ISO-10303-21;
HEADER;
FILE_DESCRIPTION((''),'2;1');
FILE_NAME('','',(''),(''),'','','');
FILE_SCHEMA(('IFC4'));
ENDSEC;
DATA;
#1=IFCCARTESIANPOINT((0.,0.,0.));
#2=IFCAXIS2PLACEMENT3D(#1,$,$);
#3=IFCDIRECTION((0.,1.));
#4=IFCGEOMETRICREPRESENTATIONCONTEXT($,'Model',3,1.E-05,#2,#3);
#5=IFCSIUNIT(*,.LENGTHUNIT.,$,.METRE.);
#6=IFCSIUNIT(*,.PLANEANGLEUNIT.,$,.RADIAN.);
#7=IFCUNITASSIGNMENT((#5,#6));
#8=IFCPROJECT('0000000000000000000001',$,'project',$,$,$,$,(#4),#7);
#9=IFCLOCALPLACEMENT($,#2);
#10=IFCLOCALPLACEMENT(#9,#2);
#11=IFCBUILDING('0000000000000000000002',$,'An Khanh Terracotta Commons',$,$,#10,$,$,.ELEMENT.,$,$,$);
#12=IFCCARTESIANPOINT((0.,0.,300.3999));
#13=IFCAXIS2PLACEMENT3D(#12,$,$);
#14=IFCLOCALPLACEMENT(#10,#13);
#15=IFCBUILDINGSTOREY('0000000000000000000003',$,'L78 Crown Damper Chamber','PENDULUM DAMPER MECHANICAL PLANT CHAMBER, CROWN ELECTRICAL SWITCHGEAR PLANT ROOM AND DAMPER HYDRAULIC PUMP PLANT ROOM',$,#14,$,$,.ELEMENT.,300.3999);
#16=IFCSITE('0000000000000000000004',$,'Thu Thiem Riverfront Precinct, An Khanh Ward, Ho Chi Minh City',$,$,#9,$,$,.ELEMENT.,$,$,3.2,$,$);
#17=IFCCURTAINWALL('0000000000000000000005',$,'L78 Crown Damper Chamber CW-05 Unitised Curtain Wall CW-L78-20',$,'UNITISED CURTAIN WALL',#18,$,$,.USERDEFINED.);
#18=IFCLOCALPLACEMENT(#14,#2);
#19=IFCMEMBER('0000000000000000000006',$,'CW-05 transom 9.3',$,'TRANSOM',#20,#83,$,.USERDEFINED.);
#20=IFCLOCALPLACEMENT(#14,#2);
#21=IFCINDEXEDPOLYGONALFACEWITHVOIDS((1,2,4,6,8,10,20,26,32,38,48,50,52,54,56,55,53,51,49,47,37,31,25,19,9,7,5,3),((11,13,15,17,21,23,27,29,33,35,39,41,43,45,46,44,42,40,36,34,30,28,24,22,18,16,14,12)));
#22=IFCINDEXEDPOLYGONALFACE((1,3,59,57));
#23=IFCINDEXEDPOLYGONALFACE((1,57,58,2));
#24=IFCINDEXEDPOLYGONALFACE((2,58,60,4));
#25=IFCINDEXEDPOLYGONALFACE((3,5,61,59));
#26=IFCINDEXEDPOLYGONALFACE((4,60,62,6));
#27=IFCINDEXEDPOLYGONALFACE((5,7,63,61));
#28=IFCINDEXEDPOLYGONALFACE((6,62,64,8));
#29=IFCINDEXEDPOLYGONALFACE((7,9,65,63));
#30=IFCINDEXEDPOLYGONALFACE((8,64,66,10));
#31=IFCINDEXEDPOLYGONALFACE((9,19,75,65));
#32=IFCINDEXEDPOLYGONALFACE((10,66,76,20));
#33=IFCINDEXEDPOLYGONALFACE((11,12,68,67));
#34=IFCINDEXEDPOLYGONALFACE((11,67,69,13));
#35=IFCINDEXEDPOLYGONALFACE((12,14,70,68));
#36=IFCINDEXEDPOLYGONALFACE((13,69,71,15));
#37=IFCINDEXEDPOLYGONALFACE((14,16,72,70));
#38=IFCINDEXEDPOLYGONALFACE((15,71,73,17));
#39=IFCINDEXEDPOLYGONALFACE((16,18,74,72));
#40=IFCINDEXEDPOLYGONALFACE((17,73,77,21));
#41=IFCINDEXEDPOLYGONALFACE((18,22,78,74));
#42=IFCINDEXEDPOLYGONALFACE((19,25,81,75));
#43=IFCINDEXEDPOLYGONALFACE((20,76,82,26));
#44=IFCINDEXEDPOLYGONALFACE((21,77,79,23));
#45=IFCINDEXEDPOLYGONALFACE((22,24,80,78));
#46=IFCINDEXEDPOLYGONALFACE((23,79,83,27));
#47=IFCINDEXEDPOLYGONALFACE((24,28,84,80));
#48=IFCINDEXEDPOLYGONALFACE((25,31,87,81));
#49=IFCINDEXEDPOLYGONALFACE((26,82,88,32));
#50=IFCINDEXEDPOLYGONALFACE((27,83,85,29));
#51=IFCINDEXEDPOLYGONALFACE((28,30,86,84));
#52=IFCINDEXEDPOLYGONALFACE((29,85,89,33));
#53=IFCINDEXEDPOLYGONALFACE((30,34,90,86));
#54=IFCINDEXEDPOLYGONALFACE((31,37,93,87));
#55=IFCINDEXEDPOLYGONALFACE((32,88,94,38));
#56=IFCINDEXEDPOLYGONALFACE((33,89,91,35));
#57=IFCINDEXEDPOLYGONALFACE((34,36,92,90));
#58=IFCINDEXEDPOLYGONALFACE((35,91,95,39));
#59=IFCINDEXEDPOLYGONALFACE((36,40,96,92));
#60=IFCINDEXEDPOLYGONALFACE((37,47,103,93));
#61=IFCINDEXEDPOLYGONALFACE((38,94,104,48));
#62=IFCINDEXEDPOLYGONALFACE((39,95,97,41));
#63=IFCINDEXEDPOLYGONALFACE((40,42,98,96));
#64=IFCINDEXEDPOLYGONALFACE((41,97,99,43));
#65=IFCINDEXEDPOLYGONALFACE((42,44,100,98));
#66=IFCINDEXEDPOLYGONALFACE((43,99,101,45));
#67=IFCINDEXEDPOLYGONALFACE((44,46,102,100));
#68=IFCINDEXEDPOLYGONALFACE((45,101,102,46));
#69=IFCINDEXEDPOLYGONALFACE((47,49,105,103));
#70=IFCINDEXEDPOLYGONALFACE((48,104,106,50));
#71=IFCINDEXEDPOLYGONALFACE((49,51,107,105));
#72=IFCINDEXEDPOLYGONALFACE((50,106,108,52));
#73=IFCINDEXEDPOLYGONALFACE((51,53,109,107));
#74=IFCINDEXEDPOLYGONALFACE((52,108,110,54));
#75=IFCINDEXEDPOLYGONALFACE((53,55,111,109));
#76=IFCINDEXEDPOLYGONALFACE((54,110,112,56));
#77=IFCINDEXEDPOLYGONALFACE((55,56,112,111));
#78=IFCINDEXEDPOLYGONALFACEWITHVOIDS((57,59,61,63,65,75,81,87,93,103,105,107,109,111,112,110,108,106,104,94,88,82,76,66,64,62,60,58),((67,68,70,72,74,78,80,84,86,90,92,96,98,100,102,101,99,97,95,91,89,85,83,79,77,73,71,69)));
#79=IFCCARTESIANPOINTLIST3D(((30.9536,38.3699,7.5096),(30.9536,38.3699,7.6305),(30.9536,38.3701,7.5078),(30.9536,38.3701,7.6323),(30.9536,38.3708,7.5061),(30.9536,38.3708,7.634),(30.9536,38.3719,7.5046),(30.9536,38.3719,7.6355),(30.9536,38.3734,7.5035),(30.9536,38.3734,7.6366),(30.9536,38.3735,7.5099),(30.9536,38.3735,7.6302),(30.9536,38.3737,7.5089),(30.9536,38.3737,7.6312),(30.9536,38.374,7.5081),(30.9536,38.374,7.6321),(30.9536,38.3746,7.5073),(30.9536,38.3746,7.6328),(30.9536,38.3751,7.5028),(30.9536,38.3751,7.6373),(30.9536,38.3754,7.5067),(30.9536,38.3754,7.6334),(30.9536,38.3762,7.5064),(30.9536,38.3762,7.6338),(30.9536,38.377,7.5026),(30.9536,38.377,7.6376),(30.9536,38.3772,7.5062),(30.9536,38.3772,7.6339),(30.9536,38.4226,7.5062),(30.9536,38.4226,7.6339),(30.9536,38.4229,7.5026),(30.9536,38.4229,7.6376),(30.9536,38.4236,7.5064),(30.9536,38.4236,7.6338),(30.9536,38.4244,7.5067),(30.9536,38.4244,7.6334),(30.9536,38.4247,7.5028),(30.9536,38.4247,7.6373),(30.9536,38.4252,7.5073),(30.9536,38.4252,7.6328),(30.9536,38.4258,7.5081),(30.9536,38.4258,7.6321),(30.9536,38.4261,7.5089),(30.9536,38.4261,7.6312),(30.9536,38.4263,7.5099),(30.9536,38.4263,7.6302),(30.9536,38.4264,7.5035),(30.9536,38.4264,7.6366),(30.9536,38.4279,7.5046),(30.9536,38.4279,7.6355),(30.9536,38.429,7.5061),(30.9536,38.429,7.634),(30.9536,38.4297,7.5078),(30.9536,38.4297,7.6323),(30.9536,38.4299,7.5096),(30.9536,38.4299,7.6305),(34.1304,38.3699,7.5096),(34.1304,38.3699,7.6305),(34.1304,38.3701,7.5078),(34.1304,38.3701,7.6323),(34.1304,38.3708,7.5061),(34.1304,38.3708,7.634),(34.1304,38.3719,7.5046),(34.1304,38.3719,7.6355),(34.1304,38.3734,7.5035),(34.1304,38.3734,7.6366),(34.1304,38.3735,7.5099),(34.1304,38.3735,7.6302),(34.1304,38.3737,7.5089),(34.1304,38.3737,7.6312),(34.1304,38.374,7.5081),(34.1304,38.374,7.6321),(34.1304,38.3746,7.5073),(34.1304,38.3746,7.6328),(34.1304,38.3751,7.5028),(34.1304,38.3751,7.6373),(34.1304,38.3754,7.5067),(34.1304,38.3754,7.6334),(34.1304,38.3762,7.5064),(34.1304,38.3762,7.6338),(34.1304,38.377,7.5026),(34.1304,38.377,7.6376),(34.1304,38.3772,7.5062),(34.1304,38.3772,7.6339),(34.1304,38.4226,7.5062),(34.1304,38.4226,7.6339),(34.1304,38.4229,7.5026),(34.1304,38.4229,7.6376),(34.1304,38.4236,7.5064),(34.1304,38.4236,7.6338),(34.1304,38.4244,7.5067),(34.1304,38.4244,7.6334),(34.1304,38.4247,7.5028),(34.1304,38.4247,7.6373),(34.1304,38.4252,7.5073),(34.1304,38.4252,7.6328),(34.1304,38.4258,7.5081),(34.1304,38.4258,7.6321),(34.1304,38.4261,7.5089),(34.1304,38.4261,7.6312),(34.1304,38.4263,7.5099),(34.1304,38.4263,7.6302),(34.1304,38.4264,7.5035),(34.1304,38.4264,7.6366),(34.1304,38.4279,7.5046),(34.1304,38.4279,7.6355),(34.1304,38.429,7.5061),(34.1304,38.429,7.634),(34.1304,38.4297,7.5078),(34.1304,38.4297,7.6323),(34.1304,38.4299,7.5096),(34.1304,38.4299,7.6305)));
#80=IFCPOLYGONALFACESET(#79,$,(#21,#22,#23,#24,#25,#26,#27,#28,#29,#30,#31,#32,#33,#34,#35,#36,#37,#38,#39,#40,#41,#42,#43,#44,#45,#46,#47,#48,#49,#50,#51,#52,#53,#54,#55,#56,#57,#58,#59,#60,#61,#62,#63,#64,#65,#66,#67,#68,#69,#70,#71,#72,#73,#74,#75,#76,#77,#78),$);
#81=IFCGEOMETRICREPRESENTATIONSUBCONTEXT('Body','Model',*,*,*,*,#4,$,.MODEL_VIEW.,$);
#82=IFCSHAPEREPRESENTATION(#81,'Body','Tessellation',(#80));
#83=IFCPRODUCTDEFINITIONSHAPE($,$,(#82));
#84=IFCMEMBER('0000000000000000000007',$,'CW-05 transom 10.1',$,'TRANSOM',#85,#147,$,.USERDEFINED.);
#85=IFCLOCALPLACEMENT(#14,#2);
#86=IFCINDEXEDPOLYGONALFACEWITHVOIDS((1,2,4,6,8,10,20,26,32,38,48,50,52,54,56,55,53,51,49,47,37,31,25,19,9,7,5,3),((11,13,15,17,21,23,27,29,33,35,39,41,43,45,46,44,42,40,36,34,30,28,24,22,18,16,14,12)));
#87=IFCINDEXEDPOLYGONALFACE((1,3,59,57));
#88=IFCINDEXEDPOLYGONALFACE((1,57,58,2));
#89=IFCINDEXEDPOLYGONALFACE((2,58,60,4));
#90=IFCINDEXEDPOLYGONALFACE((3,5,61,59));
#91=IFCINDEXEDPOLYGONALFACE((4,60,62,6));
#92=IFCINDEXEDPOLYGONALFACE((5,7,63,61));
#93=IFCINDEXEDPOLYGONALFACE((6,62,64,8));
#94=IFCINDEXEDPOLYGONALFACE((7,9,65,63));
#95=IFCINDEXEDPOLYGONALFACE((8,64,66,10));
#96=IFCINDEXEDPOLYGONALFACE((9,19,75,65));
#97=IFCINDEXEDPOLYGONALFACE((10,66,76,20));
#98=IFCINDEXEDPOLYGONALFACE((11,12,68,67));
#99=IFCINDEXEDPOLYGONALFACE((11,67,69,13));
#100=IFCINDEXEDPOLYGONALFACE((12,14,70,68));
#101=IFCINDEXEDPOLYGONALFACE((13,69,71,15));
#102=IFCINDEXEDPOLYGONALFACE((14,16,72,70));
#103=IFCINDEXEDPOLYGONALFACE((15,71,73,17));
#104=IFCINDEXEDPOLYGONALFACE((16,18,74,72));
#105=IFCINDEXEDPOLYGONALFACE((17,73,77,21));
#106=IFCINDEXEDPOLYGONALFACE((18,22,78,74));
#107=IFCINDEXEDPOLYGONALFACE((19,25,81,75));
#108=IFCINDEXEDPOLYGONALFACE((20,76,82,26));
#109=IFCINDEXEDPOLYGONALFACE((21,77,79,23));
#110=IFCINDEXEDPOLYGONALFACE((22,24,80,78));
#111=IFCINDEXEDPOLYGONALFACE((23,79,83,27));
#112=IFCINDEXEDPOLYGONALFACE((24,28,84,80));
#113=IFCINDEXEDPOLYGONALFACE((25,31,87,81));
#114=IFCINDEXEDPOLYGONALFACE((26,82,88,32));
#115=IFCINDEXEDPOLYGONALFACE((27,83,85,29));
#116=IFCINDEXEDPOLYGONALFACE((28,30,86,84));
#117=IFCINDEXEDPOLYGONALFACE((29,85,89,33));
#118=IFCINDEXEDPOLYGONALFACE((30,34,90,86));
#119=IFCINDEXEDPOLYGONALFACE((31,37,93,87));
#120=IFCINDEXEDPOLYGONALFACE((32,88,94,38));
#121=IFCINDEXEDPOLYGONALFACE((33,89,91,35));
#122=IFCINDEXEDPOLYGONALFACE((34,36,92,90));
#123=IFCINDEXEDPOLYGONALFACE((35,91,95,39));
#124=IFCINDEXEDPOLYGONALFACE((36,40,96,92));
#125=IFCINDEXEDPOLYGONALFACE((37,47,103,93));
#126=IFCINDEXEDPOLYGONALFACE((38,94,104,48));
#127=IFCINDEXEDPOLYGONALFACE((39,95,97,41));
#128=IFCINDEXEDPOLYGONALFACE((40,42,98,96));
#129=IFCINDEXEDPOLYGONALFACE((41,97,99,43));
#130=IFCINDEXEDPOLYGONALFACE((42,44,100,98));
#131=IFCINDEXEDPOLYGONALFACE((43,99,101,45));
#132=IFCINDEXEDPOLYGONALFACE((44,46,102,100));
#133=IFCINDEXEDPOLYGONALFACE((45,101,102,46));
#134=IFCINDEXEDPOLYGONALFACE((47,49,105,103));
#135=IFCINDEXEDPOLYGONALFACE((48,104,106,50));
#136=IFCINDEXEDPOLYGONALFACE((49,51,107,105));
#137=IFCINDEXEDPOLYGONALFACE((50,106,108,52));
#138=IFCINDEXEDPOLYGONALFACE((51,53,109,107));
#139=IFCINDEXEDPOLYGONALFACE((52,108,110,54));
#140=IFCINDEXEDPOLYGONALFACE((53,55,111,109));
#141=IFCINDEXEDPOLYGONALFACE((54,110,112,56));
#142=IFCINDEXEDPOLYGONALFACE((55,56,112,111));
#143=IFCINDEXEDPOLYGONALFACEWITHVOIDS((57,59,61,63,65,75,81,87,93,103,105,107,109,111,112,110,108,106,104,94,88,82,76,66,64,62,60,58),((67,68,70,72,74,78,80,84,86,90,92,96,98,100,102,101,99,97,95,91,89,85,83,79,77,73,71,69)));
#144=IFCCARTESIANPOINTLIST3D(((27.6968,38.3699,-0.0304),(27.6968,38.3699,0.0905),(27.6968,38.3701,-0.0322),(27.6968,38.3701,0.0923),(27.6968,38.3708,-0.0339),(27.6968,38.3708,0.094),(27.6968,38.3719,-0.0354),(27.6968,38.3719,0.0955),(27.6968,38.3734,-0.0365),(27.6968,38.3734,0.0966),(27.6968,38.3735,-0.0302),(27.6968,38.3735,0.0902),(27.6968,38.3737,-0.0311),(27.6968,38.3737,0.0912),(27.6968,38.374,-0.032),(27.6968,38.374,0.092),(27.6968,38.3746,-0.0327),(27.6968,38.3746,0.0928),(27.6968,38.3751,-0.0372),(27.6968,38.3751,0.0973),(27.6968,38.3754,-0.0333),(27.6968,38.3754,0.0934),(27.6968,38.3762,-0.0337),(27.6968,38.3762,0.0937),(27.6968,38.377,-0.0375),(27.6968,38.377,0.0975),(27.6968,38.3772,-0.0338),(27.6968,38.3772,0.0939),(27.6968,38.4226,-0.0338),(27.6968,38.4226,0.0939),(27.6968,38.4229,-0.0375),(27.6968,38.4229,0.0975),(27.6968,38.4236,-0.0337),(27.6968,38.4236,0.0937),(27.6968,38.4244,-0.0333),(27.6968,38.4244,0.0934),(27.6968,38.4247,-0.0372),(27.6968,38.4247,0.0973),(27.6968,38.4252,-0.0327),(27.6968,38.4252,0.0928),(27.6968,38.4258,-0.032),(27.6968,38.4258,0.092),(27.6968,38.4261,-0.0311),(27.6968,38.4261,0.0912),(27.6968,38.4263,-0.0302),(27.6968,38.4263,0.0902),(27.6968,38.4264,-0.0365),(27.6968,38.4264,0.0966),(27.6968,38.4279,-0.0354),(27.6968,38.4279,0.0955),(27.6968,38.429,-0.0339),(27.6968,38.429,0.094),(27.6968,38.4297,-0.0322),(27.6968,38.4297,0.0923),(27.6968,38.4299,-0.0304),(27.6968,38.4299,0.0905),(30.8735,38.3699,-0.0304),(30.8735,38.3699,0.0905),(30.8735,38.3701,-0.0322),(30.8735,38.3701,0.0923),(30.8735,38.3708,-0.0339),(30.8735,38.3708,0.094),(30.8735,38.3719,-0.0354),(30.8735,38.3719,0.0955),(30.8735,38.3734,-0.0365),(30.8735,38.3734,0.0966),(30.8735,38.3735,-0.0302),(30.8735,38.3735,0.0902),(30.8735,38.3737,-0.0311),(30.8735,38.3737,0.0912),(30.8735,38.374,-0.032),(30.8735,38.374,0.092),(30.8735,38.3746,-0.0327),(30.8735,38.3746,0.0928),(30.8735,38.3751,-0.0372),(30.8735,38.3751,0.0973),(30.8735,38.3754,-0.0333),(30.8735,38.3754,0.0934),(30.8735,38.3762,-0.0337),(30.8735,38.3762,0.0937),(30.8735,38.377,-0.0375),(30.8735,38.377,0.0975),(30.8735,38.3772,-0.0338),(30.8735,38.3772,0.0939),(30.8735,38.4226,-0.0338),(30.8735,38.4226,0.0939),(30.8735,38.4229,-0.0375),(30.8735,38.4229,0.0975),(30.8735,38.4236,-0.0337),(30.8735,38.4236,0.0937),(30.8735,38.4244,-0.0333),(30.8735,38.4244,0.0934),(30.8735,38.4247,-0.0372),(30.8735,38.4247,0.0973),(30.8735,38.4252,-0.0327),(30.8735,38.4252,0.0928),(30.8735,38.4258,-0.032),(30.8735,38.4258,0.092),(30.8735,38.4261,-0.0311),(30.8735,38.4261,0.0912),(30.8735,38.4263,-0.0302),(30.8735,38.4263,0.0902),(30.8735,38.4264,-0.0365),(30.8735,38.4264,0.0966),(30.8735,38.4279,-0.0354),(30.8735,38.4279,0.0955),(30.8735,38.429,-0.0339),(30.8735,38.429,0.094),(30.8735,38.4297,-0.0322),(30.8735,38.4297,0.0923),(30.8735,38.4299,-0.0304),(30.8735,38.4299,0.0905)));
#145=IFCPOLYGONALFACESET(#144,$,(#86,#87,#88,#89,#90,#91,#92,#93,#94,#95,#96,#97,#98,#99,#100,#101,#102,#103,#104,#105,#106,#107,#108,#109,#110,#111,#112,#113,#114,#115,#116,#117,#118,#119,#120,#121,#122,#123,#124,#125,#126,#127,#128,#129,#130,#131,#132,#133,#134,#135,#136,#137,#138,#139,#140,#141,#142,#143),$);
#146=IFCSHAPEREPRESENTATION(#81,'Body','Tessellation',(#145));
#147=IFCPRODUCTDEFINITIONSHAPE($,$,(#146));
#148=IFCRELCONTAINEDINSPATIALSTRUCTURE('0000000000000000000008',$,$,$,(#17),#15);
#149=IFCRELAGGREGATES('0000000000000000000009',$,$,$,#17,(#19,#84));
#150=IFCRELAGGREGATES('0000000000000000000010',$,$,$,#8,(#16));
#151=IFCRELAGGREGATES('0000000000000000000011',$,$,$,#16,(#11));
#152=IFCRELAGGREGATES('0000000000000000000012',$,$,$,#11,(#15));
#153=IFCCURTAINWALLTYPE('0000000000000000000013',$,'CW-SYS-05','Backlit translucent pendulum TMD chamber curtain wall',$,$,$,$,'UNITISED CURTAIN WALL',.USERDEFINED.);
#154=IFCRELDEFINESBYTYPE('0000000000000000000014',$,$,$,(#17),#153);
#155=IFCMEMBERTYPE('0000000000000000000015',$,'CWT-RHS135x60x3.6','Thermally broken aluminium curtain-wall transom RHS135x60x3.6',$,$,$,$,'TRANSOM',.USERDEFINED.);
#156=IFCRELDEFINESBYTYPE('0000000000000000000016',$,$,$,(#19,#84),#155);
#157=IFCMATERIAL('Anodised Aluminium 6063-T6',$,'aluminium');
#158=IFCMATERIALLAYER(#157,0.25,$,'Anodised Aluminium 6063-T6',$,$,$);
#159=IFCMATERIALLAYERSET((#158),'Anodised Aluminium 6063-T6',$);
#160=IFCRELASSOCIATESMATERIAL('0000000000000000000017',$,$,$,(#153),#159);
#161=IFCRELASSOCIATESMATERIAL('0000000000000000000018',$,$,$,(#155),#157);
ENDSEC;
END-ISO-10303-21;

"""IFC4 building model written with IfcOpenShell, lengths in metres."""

from ifc_helpers import new_model, si_unit, direction, frame, origin, origin_2d, place, context, subcontext, project, spatial, hollow_rectangle, extrude, material, layer, layer_set, material_profile, profile_set, type_object, element, aggregate, save


model = new_model("IFC4")

# Units and contexts
model_context = context("Model", 3, precision=1e-05, world=origin(), true_north=direction((0.0, 1.0)))
body_context = subcontext(model_context, "Body", "Model", "MODEL_VIEW")
ifc_project = project(units=[si_unit("LENGTHUNIT", "METRE"), si_unit("PLANEANGLEUNIT", "RADIAN")], contexts=[model_context])

# Site, building, storey
site_placement = place(None, origin())
site = spatial("IfcSite", under=ifc_project, at=site_placement, Name="Thu Thiem Riverfront Precinct, An Khanh Ward, Ho Chi Minh City", CompositionType="ELEMENT", RefElevation=3.2)
building_placement = place(site_placement, origin())
building = spatial("IfcBuilding", under=site, at=building_placement, Name="An Khanh Terracotta Commons", CompositionType="ELEMENT")
storey_placement = place(building_placement, frame((0.0, 0.0, 300.3999)))
storey = spatial("IfcBuildingStorey", under=building, at=storey_placement, Name="L78 Crown Damper Chamber", Description="PENDULUM DAMPER MECHANICAL PLANT CHAMBER, CROWN ELECTRICAL SWITCHGEAR PLANT ROOM AND DAMPER HYDRAULIC PUMP PLANT ROOM", CompositionType="ELEMENT", Elevation=300.3999)

# Curtain wall, members
ifc_material_1 = material(Name="Anodised Aluminium 6063-T6", Category="aluminium")
ifc_layer_1 = layer(ifc_material_1, 0.25, Name="Anodised Aluminium 6063-T6")
ifc_layer_set_1 = layer_set([ifc_layer_1], Name="Anodised Aluminium 6063-T6")
curtain_wall_type = type_object("IfcCurtainWallType", Name="CW-SYS-05", Description="Backlit translucent pendulum TMD chamber curtain wall", ElementType="UNITISED CURTAIN WALL", PredefinedType="USERDEFINED", material=ifc_layer_set_1)
curtain_wall_placement = place(storey_placement, origin())
curtain_wall = element("IfcCurtainWall", 1, at=curtain_wall_placement, inside=storey, type_object=curtain_wall_type, Name="L78 Crown Damper Chamber CW-05 Unitised Curtain Wall CW-L78-20", ObjectType="UNITISED CURTAIN WALL", PredefinedType="USERDEFINED")
ifc_material_profile_1 = material_profile(ifc_material_1, hollow_rectangle(XDim=0.0601, YDim=0.135, WallThickness=0.0037, InnerFilletRadius=0.0037, OuterFilletRadius=0.0071, at=origin_2d()), Name="RHS135x60x3.6")
ifc_profile_set_1 = profile_set([ifc_material_profile_1], Name="Anodised Aluminium 6063-T6")
member_type_1 = type_object("IfcMemberType", Name="CWT-RHS135x60x3.6", Description="Thermally broken aluminium curtain-wall transom RHS135x60x3.6", ElementType="TRANSOM", PredefinedType="USERDEFINED", material=ifc_profile_set_1)
member_1_placement = place(storey_placement, frame((34.1304, 38.3999, 7.5701), z_axis=(-1.0, 0.0, 0.0), x_axis=(0.0, -1.0, 0.0)))
member_1 = element("IfcMember", 2, at=member_1_placement, type_object=member_type_1, Name="CW-05 transom 9.3", ObjectType="TRANSOM", PredefinedType="USERDEFINED", context=body_context, shape_type="SweptSolid", body=[
    extrude(hollow_rectangle(XDim=0.0601, YDim=0.135, WallThickness=0.0037, InnerFilletRadius=0.0037, OuterFilletRadius=0.0071, at=origin_2d()), origin(), (0.0, 0.0, 1.0), 3.1768),
])
member_2_placement = place(storey_placement, frame((30.8735, 38.3999, 0.03), z_axis=(-1.0, 0.0, 0.0), x_axis=(0.0, -1.0, 0.0)))
member_2 = element("IfcMember", 3, at=member_2_placement, type_object=member_type_1, Name="CW-05 transom 10.1", ObjectType="TRANSOM", PredefinedType="USERDEFINED", context=body_context, shape_type="SweptSolid", body=[
    extrude(hollow_rectangle(XDim=0.0601, YDim=0.135, WallThickness=0.0037, InnerFilletRadius=0.0037, OuterFilletRadius=0.0071, at=origin_2d()), origin(), (0.0, 0.0, 1.0), 3.1768),
])
aggregate(curtain_wall, [member_1, member_2])

save(model, "model.ifc")
